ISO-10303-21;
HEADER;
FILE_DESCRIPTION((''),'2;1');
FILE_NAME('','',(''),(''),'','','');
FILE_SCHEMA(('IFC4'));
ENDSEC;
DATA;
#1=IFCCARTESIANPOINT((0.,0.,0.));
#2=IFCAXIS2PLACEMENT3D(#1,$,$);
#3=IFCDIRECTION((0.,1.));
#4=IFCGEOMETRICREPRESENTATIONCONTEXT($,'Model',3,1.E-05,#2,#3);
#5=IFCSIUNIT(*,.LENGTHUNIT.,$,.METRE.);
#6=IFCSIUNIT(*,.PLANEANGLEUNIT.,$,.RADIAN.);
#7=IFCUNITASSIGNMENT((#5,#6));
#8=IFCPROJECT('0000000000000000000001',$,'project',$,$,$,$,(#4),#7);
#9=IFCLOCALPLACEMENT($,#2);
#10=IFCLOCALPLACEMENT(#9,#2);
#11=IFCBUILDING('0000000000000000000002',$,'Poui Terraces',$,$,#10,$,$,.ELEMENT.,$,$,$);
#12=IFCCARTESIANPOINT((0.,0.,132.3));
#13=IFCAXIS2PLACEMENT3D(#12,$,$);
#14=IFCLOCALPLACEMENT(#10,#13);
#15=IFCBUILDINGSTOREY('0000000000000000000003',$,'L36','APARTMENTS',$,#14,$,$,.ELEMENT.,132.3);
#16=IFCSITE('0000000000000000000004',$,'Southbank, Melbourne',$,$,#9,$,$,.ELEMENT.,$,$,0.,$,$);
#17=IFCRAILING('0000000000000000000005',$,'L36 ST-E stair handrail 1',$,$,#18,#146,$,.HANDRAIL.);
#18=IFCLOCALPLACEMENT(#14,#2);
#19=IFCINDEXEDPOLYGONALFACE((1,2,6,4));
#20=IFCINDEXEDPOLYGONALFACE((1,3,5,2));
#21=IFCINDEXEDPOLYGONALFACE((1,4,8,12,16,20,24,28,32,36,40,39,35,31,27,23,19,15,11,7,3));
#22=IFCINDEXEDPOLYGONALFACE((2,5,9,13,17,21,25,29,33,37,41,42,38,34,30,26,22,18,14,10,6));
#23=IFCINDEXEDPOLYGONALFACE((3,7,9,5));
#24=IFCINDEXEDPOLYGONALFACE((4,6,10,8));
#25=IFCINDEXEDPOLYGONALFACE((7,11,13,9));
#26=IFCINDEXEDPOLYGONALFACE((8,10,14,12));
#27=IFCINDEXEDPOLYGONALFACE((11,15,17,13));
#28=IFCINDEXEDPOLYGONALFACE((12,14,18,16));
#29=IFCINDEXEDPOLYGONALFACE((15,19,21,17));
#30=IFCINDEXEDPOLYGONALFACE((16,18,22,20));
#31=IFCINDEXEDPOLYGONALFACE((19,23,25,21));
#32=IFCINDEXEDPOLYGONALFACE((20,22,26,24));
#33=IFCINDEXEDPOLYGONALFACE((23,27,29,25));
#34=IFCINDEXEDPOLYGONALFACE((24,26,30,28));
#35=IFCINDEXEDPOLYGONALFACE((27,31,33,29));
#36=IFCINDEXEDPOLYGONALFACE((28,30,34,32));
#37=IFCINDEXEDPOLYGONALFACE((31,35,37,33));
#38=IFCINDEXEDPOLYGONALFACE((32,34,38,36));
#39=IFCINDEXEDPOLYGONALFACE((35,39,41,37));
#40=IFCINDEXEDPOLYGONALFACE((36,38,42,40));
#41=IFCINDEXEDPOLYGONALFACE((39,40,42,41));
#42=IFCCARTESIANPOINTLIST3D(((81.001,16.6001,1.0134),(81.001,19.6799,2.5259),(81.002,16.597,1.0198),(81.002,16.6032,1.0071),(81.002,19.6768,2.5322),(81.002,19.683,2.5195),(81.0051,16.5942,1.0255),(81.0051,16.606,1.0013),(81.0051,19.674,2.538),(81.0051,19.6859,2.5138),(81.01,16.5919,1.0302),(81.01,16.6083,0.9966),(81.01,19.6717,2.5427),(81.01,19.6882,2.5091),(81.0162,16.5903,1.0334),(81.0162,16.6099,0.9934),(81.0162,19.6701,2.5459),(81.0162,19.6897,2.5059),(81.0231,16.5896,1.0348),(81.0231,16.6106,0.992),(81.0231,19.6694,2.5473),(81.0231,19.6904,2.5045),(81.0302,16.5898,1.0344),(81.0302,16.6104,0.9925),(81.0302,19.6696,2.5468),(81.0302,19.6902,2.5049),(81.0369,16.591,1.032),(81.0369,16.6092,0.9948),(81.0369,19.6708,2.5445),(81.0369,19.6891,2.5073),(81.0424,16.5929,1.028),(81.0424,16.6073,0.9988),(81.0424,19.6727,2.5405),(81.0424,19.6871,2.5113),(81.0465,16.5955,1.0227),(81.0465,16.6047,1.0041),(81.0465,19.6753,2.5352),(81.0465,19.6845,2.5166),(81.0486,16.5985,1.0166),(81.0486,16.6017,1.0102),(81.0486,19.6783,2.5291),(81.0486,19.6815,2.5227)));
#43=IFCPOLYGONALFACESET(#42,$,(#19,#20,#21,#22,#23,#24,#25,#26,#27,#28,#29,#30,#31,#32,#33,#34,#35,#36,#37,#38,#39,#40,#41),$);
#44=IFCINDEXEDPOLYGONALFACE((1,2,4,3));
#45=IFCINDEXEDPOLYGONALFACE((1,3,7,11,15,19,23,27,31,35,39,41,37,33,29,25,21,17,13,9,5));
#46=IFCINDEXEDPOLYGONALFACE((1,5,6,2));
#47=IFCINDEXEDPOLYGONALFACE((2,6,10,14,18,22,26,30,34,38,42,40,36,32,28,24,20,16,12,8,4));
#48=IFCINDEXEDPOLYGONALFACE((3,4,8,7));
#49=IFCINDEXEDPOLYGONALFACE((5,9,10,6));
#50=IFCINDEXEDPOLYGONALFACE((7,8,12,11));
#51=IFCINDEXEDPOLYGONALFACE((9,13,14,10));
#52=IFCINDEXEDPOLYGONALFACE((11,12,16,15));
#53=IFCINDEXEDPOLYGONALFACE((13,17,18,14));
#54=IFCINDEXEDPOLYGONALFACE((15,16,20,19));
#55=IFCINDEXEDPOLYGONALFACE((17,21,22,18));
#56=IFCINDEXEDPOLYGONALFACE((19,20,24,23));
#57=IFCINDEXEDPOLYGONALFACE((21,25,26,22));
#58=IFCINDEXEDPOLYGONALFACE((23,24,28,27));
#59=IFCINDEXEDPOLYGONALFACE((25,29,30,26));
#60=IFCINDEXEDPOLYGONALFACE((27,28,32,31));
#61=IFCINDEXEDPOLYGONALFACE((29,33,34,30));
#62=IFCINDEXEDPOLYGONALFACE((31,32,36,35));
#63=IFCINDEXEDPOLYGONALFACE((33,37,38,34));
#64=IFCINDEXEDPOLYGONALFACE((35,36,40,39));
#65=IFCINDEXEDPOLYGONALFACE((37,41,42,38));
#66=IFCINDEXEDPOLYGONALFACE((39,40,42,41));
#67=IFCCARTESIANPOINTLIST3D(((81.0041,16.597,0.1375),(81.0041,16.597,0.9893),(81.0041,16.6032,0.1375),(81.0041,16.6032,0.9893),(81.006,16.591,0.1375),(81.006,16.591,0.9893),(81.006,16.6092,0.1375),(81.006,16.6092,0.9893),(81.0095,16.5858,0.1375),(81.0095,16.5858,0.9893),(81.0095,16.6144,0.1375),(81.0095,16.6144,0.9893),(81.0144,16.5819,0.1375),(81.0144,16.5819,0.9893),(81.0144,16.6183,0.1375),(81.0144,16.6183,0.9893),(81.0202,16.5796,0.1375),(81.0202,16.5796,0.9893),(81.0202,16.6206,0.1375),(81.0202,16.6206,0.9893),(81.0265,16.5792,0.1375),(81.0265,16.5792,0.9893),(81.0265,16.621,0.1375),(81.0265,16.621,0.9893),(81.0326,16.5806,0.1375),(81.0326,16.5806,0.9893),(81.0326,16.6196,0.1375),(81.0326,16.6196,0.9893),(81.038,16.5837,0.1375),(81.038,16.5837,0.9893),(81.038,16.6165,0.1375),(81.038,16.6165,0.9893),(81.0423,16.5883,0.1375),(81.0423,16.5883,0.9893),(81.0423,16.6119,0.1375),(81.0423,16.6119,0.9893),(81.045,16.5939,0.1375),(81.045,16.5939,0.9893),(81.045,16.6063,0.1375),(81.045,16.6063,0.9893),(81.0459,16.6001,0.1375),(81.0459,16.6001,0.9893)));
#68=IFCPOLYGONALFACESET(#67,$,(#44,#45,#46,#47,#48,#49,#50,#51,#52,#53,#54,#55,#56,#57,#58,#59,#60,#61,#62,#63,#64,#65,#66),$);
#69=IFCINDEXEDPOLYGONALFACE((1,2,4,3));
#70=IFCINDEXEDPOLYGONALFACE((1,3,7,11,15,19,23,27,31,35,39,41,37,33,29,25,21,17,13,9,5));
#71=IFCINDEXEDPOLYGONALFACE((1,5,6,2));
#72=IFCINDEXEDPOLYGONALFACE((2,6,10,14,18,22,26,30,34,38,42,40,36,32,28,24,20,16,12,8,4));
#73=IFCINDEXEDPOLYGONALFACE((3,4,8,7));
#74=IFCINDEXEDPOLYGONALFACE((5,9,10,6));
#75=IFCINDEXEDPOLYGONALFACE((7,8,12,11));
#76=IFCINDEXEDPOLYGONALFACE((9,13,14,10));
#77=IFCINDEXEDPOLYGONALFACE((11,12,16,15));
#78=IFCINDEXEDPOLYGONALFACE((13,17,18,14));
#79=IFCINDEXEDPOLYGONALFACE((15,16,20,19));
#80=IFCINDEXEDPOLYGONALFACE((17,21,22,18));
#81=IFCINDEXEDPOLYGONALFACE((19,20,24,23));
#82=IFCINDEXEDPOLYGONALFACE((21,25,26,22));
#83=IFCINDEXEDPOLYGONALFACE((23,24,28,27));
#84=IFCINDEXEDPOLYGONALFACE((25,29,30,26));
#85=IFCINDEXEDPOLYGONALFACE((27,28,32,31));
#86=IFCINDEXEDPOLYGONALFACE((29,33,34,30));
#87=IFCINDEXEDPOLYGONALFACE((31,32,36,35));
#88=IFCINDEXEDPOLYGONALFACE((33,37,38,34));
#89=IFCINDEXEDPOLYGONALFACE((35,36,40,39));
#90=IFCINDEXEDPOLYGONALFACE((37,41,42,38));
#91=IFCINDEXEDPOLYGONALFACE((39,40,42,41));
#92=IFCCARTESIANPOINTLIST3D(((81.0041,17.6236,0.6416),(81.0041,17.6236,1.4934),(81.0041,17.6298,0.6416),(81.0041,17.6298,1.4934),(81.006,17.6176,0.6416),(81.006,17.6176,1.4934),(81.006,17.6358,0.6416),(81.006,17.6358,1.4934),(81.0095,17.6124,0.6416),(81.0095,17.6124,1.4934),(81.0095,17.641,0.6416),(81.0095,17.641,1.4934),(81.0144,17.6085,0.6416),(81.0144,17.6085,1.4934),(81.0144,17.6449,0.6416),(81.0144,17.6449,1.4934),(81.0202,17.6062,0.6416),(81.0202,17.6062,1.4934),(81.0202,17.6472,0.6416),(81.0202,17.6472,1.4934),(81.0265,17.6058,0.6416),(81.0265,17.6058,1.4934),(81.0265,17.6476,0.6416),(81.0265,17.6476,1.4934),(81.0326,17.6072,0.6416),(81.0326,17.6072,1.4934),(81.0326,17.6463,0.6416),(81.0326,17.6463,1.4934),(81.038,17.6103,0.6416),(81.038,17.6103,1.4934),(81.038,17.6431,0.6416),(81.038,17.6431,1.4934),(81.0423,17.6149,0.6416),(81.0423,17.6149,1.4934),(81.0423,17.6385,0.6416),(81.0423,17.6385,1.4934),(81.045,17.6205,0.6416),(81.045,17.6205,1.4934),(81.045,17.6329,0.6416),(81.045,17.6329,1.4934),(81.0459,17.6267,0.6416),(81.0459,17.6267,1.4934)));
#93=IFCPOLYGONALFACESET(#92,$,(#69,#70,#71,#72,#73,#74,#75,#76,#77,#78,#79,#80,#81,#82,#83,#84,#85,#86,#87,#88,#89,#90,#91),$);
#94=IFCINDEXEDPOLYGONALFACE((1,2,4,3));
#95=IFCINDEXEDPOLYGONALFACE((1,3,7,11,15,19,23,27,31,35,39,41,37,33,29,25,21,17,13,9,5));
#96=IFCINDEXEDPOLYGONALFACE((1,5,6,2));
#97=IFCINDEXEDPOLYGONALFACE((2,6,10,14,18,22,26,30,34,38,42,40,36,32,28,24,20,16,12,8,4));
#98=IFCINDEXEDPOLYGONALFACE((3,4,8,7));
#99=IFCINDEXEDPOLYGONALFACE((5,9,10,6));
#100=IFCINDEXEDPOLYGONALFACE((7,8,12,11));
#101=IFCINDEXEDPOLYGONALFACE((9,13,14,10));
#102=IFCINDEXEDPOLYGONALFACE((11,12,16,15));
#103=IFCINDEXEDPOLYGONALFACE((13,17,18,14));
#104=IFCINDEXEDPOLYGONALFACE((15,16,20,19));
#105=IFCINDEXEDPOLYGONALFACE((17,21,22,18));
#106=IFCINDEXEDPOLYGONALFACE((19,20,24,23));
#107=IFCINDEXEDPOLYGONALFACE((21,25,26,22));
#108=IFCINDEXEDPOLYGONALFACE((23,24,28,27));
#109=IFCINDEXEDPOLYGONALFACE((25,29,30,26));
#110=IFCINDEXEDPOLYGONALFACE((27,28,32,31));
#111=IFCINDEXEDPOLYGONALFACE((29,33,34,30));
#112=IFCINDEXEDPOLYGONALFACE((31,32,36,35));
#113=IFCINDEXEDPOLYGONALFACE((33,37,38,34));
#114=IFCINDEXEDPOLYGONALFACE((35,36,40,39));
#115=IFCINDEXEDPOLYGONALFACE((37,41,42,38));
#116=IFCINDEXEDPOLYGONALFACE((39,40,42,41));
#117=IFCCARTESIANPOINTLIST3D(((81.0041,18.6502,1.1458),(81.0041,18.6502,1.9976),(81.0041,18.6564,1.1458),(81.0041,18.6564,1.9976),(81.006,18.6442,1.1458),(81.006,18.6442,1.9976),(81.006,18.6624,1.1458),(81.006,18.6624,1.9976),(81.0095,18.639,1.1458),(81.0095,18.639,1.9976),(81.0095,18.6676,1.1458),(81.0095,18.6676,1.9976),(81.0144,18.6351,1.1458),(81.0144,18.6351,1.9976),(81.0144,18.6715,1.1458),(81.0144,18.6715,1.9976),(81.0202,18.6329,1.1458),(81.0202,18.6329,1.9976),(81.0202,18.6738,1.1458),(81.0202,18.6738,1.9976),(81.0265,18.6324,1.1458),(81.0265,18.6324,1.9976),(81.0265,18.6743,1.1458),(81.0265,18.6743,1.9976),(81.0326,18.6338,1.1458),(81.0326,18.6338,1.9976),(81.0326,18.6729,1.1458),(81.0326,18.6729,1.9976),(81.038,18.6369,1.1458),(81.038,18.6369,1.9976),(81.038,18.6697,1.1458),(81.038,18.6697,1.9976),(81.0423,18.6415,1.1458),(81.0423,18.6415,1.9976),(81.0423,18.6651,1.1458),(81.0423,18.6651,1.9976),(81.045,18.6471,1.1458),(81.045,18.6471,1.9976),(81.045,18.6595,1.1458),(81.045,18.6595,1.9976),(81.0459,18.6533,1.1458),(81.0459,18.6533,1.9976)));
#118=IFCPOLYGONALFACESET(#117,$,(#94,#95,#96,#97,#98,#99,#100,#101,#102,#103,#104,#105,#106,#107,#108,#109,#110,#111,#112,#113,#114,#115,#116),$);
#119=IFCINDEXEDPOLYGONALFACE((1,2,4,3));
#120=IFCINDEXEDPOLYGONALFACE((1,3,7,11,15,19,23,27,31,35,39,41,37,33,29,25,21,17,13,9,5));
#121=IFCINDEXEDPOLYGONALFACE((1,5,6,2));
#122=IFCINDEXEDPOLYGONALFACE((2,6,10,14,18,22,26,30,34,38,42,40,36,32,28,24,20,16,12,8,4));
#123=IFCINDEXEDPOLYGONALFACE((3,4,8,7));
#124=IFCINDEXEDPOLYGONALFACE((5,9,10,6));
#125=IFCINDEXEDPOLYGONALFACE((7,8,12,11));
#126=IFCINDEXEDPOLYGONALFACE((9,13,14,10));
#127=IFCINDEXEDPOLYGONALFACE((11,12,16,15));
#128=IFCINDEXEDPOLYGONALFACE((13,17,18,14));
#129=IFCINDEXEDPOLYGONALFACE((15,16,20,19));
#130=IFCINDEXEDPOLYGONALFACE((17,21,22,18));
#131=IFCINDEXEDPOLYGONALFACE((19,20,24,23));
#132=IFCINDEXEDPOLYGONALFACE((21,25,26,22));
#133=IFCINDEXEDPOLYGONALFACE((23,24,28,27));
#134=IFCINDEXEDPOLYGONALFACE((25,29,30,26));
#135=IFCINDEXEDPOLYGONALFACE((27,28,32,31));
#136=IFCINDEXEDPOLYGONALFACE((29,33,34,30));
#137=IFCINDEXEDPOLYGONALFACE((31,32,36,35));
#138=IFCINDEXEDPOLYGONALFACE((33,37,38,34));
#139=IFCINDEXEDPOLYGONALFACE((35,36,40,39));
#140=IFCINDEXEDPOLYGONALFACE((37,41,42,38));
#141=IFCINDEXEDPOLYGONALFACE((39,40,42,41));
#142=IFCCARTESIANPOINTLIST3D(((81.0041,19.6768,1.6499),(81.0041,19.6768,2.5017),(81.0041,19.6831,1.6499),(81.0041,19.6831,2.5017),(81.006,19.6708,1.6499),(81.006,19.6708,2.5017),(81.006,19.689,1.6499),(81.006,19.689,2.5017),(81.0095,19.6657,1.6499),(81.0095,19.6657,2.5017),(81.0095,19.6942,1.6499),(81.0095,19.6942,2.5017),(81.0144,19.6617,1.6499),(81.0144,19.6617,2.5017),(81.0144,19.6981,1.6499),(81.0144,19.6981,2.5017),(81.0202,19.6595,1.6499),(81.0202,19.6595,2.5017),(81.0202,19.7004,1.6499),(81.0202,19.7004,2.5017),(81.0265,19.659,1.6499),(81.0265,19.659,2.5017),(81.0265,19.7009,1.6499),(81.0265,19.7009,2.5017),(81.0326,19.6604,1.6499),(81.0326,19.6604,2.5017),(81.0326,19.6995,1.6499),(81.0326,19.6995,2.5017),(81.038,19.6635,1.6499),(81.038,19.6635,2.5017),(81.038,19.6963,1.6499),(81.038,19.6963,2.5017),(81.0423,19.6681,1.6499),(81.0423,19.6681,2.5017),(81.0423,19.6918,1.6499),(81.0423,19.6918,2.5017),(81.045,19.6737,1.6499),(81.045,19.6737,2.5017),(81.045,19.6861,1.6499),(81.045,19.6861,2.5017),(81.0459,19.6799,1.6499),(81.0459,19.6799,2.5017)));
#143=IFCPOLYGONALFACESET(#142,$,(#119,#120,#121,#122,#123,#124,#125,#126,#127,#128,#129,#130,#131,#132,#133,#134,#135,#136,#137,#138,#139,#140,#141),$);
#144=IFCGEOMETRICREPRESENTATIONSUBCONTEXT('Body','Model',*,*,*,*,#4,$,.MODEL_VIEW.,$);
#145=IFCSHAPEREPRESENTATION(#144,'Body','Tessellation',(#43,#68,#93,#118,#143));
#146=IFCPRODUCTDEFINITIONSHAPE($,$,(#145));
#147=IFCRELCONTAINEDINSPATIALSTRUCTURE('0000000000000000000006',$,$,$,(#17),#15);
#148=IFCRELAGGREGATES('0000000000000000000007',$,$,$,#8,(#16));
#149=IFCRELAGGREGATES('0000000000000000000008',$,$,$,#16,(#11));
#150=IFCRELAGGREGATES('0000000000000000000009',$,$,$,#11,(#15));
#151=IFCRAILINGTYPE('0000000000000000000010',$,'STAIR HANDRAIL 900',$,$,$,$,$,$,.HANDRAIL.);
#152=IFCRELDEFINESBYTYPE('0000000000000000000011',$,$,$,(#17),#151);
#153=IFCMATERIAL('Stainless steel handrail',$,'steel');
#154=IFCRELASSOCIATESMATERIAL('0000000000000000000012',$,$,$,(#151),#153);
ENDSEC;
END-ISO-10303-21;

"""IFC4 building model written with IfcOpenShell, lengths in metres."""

from ifc_helpers import new_model, si_unit, direction, frame, origin, origin_2d, place, context, subcontext, project, spatial, circle, extrude, material, type_object, element, save


model = new_model("IFC4")

# Units and contexts
model_context = context("Model", 3, precision=1e-05, world=origin(), true_north=direction((0.0, 1.0)))
body_context = subcontext(model_context, "Body", "Model", "MODEL_VIEW")
ifc_project = project(units=[si_unit("LENGTHUNIT", "METRE"), si_unit("PLANEANGLEUNIT", "RADIAN")], contexts=[model_context])

# Site, building, storey
site_placement = place(None, origin())
site = spatial("IfcSite", under=ifc_project, at=site_placement, Name="Southbank, Melbourne", CompositionType="ELEMENT", RefElevation=0.0)
building_placement = place(site_placement, origin())
building = spatial("IfcBuilding", under=site, at=building_placement, Name="Poui Terraces", CompositionType="ELEMENT")
storey_placement = place(building_placement, frame((0.0, 0.0, 132.3)))
storey = spatial("IfcBuildingStorey", under=building, at=storey_placement, Name="L36", Description="APARTMENTS", CompositionType="ELEMENT", Elevation=132.3)

# Railing
ifc_material_1 = material(Name="Stainless steel handrail", Category="steel")
railing_type_1 = type_object("IfcRailingType", Name="STAIR HANDRAIL 900", PredefinedType="HANDRAIL", material=ifc_material_1)
railing_1_placement = place(storey_placement, frame((81.0249, 16.6001, 0.1375)))
element("IfcRailing", 1, at=railing_1_placement, inside=storey, type_object=railing_type_1, Name="L36 ST-E stair handrail 1", PredefinedType="HANDRAIL", context=body_context, shape_type="SweptSolid", body=[
    extrude(circle(Radius=0.0239, at=origin_2d()), frame((0.0, 0.0, 0.876), z_axis=(0.0, 0.897606, 0.440798), x_axis=(-1.0, 0.0, 0.0)), (0.0, 0.0, 1.0), 3.4312),
    extrude(circle(Radius=0.021, at=origin_2d()), origin(), (0.0, 0.0, 1.0), 0.8518),
    extrude(circle(Radius=0.021, at=origin_2d()), frame((0.0, 1.0266, 0.5042)), (0.0, 0.0, 1.0), 0.8518),
    extrude(circle(Radius=0.021, at=origin_2d()), frame((0.0, 2.0532, 1.0083)), (0.0, 0.0, 1.0), 0.8518),
    extrude(circle(Radius=0.021, at=origin_2d()), frame((0.0, 3.0798, 1.5125)), (0.0, 0.0, 1.0), 0.8518),
])

save(model, "model.ifc")
